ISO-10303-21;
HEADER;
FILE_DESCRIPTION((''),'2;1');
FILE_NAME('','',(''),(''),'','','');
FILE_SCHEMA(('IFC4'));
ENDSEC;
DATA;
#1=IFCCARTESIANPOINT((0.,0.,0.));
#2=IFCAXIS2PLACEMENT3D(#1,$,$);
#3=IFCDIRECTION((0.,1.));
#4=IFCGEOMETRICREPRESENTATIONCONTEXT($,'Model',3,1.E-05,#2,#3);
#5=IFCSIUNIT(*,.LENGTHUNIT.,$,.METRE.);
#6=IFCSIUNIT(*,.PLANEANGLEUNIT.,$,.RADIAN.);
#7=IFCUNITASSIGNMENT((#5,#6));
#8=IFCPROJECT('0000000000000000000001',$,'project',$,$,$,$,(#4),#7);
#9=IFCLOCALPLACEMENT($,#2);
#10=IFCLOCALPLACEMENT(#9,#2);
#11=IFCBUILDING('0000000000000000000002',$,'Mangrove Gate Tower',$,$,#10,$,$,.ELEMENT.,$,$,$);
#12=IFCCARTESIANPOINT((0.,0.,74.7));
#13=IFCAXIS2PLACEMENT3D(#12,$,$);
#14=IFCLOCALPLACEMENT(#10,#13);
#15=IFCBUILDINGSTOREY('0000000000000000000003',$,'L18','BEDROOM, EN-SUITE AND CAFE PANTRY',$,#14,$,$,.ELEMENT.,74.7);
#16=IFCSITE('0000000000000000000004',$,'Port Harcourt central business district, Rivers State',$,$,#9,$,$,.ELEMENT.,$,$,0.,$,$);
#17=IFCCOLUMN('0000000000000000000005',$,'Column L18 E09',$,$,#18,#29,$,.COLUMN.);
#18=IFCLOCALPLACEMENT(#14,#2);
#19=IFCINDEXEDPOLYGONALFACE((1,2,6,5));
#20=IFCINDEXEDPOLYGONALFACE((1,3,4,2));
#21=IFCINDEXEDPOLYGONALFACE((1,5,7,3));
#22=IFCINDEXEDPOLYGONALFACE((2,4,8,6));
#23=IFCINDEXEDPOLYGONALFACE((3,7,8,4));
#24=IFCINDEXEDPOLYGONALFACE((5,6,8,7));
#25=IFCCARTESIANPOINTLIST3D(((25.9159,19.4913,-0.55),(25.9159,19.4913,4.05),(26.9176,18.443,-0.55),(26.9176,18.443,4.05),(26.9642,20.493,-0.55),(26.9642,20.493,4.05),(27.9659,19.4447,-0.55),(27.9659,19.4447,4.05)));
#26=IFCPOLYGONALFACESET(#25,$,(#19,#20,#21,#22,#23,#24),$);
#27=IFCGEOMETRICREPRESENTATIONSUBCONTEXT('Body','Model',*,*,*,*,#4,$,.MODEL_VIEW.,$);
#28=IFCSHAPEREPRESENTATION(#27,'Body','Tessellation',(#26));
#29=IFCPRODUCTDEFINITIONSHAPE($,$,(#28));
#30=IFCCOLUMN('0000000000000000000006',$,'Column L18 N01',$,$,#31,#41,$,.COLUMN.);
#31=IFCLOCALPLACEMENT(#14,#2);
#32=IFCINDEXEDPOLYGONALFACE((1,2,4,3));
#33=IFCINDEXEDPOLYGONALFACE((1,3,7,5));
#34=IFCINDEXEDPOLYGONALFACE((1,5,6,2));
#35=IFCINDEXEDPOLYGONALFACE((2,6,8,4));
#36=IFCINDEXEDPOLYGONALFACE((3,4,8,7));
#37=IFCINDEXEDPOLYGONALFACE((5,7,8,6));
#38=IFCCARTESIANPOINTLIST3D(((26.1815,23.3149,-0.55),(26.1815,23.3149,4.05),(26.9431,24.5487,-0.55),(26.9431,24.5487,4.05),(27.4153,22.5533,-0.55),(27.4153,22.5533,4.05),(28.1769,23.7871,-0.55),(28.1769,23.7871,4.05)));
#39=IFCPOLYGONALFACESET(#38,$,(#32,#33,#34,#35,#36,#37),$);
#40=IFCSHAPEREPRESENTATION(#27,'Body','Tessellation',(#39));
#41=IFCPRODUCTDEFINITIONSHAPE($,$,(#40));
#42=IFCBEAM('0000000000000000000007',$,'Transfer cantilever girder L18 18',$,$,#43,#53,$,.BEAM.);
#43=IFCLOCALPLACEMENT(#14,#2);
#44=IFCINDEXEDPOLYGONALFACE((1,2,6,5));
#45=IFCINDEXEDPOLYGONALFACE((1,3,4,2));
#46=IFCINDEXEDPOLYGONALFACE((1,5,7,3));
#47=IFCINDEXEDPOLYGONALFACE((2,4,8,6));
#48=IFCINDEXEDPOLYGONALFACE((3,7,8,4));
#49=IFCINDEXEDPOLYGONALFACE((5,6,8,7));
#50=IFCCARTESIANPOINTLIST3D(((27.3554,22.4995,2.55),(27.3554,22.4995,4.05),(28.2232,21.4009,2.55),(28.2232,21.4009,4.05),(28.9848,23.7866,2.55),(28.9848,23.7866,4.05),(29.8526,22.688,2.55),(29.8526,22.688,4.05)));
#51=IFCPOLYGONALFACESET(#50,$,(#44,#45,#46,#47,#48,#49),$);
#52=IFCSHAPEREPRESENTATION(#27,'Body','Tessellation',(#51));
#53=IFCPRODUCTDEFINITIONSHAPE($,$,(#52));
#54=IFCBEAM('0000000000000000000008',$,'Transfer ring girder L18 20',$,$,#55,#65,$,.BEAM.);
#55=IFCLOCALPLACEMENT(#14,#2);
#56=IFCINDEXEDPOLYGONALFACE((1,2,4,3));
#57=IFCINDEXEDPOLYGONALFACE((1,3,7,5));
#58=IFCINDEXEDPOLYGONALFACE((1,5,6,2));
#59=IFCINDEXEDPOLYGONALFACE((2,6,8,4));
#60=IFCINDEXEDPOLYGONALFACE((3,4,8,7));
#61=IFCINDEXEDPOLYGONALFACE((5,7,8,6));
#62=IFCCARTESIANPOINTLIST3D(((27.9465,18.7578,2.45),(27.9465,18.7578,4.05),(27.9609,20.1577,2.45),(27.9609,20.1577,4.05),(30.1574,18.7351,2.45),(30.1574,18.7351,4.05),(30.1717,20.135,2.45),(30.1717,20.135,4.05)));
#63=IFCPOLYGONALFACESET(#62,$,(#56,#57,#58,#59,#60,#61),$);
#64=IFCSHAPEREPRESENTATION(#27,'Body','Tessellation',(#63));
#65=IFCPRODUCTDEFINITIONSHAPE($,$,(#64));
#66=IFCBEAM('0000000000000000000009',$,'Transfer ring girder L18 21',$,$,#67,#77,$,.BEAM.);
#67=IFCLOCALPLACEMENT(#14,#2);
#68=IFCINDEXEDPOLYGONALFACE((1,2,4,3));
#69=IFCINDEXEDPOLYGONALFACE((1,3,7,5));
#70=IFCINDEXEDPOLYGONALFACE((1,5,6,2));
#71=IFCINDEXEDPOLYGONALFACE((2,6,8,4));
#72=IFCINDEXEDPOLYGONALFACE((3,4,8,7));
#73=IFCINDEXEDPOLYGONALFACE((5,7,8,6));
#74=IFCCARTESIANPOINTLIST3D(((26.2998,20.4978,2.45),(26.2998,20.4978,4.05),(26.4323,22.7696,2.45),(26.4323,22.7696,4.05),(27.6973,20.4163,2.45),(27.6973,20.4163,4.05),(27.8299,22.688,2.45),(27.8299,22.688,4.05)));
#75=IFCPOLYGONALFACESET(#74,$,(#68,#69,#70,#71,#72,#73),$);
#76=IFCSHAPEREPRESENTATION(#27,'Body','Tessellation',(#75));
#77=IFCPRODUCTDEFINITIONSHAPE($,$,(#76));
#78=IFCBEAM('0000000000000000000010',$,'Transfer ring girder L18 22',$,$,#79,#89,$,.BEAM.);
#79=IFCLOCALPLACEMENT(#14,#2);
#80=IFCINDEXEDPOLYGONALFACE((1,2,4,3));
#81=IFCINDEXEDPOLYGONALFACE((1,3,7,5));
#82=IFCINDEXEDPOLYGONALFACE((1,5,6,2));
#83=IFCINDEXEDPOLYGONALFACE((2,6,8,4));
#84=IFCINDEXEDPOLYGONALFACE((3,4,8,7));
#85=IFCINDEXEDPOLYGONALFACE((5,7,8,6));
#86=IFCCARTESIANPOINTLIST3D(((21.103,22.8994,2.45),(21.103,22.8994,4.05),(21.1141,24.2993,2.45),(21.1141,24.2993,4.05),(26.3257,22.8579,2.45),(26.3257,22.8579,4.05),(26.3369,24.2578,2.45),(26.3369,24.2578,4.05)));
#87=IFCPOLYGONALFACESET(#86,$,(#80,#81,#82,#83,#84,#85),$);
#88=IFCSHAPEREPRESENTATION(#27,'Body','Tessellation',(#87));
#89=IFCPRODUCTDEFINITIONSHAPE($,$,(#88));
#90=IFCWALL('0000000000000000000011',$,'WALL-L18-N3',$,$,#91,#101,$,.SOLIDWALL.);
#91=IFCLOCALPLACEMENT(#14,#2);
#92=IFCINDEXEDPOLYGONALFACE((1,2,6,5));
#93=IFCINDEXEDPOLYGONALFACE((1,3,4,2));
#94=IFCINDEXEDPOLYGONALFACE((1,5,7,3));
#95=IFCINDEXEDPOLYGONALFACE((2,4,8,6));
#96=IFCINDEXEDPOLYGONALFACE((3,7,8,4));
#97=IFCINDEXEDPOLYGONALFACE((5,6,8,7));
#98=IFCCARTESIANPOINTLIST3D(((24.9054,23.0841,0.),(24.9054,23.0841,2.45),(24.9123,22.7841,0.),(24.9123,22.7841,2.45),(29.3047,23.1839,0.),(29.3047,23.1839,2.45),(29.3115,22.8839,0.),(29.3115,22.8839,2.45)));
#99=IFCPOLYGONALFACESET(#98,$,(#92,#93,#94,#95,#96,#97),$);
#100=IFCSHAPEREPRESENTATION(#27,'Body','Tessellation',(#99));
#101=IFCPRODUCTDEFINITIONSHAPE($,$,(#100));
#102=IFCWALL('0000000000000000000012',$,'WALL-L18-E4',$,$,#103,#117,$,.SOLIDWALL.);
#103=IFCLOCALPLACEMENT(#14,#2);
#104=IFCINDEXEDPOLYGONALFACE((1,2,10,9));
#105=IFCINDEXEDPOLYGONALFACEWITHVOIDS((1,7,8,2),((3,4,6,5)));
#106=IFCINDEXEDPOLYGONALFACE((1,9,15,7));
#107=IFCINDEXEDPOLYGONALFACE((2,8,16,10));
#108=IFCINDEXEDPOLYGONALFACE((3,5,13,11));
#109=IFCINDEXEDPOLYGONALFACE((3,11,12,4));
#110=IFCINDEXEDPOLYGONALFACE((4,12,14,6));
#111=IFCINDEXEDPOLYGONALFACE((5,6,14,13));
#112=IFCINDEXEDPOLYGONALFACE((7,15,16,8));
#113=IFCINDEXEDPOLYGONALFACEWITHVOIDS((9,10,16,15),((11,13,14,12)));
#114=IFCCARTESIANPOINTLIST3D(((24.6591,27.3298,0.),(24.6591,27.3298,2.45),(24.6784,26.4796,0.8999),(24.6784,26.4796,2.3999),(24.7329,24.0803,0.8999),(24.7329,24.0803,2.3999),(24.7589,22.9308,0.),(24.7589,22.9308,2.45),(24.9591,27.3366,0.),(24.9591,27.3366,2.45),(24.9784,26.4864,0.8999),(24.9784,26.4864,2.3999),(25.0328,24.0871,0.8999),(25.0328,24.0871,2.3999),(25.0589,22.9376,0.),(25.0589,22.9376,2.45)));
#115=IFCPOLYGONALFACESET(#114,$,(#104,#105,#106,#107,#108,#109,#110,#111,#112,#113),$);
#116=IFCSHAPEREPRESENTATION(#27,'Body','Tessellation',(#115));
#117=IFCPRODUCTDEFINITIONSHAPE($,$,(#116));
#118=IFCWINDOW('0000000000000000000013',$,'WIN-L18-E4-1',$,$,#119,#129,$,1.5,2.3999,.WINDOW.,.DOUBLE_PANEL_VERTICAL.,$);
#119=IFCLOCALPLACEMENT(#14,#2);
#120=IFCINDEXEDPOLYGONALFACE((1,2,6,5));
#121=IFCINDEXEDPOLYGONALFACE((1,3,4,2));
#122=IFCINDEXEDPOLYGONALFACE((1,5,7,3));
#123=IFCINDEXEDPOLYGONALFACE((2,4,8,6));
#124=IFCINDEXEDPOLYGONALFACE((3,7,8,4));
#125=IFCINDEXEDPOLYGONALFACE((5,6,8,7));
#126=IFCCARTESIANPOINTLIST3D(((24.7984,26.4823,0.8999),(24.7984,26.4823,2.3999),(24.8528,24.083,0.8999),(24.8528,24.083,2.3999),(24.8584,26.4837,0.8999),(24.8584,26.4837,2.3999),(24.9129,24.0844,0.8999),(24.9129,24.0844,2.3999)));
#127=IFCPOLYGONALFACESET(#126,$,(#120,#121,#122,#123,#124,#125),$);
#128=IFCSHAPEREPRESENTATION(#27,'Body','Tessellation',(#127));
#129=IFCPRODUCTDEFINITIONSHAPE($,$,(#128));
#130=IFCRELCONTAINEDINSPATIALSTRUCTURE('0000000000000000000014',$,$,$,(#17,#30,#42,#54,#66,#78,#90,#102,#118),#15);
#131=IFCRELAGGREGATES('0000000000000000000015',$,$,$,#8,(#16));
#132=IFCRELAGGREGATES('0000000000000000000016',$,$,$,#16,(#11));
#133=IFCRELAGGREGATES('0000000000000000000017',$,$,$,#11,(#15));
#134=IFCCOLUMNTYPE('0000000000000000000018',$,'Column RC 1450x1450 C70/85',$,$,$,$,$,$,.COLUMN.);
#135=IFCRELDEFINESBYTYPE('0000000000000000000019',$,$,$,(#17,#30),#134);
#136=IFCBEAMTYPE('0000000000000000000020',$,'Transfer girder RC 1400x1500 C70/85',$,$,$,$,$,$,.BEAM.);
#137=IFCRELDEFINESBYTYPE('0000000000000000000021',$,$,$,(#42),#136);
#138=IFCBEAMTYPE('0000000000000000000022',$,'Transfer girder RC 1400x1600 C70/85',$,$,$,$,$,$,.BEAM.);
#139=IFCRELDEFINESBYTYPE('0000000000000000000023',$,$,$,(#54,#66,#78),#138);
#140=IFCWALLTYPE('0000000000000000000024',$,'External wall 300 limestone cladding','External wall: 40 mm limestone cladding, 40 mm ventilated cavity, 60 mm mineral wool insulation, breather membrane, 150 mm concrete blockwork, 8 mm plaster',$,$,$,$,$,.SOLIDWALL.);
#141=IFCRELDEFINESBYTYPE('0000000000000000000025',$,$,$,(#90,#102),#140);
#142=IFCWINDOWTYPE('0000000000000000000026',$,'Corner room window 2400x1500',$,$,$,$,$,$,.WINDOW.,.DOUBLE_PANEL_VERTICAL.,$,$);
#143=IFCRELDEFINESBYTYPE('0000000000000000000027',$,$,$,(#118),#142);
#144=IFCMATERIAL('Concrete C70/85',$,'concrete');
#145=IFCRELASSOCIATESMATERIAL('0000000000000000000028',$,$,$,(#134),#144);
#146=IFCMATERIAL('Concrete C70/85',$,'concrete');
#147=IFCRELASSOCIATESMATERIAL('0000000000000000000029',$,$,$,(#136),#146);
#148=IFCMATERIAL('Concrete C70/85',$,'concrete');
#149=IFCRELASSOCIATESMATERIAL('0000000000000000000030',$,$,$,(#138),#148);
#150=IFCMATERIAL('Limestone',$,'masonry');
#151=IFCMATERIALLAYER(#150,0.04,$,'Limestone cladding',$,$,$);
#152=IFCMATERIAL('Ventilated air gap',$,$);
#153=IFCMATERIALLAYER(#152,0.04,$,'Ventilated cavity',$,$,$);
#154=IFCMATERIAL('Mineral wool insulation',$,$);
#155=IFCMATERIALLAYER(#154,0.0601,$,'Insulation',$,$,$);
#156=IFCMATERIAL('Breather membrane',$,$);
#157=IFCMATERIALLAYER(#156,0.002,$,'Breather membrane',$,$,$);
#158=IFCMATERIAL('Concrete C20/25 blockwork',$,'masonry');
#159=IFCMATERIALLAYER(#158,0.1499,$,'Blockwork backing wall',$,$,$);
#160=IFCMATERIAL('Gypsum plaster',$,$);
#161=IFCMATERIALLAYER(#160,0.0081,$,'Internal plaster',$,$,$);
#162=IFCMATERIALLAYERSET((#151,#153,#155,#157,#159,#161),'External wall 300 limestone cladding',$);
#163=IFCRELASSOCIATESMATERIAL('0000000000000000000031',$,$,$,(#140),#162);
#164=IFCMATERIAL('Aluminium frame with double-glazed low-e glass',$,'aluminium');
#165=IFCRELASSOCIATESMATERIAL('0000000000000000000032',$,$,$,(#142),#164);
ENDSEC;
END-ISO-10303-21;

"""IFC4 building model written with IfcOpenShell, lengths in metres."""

from ifc_helpers import new_model, si_unit, direction, frame, frame_2d, origin, origin_2d, place, context, subcontext, project, spatial, rectangle, extrude, material, layer, layer_set, material_profile, profile_set, type_object, element, fill, save


model = new_model("IFC4")

# Units and contexts
model_context = context("Model", 3, precision=1e-05, world=origin(), true_north=direction((0.0, 1.0)))
body_context = subcontext(model_context, "Body", "Model", "MODEL_VIEW")
ifc_project = project(units=[si_unit("LENGTHUNIT", "METRE"), si_unit("PLANEANGLEUNIT", "RADIAN")], contexts=[model_context])

# Site, building, storey
site_placement = place(None, origin())
site = spatial("IfcSite", under=ifc_project, at=site_placement, Name="Port Harcourt central business district, Rivers State", CompositionType="ELEMENT", RefElevation=0.0)
building_placement = place(site_placement, origin())
building = spatial("IfcBuilding", under=site, at=building_placement, Name="Mangrove Gate Tower", CompositionType="ELEMENT")
storey_placement = place(building_placement, frame((0.0, 0.0, 74.7)))
storey = spatial("IfcBuildingStorey", under=building, at=storey_placement, Name="L18", Description="BEDROOM, EN-SUITE AND CAFE PANTRY", CompositionType="ELEMENT", Elevation=74.7)

# Columns
ifc_material_1 = material(Name="Concrete C70/85", Category="concrete")
ifc_material_profile_1 = material_profile(ifc_material_1, rectangle(XDim=1.45, YDim=1.45, at=origin_2d()))
ifc_profile_set_1 = profile_set([ifc_material_profile_1], Name="Concrete C70/85")
column_type = type_object("IfcColumnType", Name="Column RC 1450x1450 C70/85", PredefinedType="COLUMN", material=ifc_profile_set_1)
for number, where, z_axis, x_axis, name in (
    (1, (26.9409, 19.468, -0.55), (0.0, 0.0, 1.0), (-0.690848, 0.723, 0.0), "Column L18 E09"),
    (2, (27.1792, 23.551, -0.55), (0.0, 0.0, 1.0), (-0.850942, 0.52526, 0.0), "Column L18 N01"),
):
    element("IfcColumn", number, at=place(storey_placement, frame(where, z_axis=z_axis, x_axis=x_axis)), inside=storey, type_object=column_type, Name=name, PredefinedType="COLUMN", context=body_context, shape_type="SweptSolid", body=[
        extrude(rectangle(XDim=1.45, YDim=1.45, at=origin_2d()), origin(), (0.0, 0.0, 1.0), 4.6001),
    ])

# Beams
ifc_material_2 = material(Name="Concrete C70/85", Category="concrete")
ifc_material_profile_2 = material_profile(ifc_material_2, rectangle(XDim=1.3999, YDim=1.5, at=origin_2d()))
ifc_profile_set_2 = profile_set([ifc_material_profile_2], Name="Concrete C70/85")
beam_type_1 = type_object("IfcBeamType", Name="Transfer girder RC 1400x1500 C70/85", PredefinedType="BEAM", material=ifc_profile_set_2)
beam_1_placement = place(storey_placement, frame((27.7893, 21.9502, 3.3), z_axis=(0.784708, 0.619865, 0.0), x_axis=(-0.619865, 0.784708, 0.0)))
element("IfcBeam", 3, at=beam_1_placement, inside=storey, type_object=beam_type_1, Name="Transfer cantilever girder L18 18", PredefinedType="BEAM", context=body_context, shape_type="SweptSolid", body=[
    extrude(rectangle(XDim=1.3999, YDim=1.5, at=origin_2d()), origin(), (0.0, 0.0, 1.0), 2.0764),
])
ifc_material_3 = material(Name="Concrete C70/85", Category="concrete")
ifc_material_profile_3 = material_profile(ifc_material_3, rectangle(XDim=1.3999, YDim=1.6001, at=origin_2d()))
ifc_profile_set_3 = profile_set([ifc_material_profile_3], Name="Concrete C70/85")
beam_type_2 = type_object("IfcBeamType", Name="Transfer girder RC 1400x1600 C70/85", PredefinedType="BEAM", material=ifc_profile_set_3)
beam_2_placement = place(storey_placement, frame((30.1646, 19.4351, 3.25), z_axis=(-0.999947, 0.010269, 0.0), x_axis=(-0.010269, -0.999947, 0.0)))
element("IfcBeam", 4, at=beam_2_placement, inside=storey, type_object=beam_type_2, Name="Transfer ring girder L18 20", PredefinedType="BEAM", context=body_context, shape_type="SweptSolid", body=[
    extrude(rectangle(XDim=1.3999, YDim=1.6001, at=origin_2d()), origin(), (0.0, 0.0, 1.0), 2.2109),
])
beam_3_placement = place(storey_placement, frame((26.9985, 20.457, 3.25), z_axis=(0.058257, 0.998302, 0.0), x_axis=(-0.998302, 0.058257, 0.0)))
element("IfcBeam", 5, at=beam_3_placement, inside=storey, type_object=beam_type_2, Name="Transfer ring girder L18 21", PredefinedType="BEAM", context=body_context, shape_type="SweptSolid", body=[
    extrude(rectangle(XDim=1.3999, YDim=1.6001, at=origin_2d()), origin(), (0.0, 0.0, 1.0), 2.2756),
])
beam_4_placement = place(storey_placement, frame((26.3313, 23.5579, 3.25), z_axis=(-0.999968, 0.007947, 0.0), x_axis=(-0.007947, -0.999968, 0.0)))
element("IfcBeam", 6, at=beam_4_placement, inside=storey, type_object=beam_type_2, Name="Transfer ring girder L18 22", PredefinedType="BEAM", context=body_context, shape_type="SweptSolid", body=[
    extrude(rectangle(XDim=1.3999, YDim=1.6001, at=origin_2d()), origin(), (0.0, 0.0, 1.0), 5.2229),
])

# Wall
ifc_material_4 = material(Name="Limestone", Category="masonry")
ifc_layer_1 = layer(ifc_material_4, 0.04, Name="Limestone cladding")
ifc_material_5 = material(Name="Ventilated air gap")
ifc_layer_2 = layer(ifc_material_5, 0.04, Name="Ventilated cavity")
ifc_material_6 = material(Name="Mineral wool insulation")
ifc_layer_3 = layer(ifc_material_6, 0.0601, Name="Insulation")
ifc_material_7 = material(Name="Breather membrane")
ifc_layer_4 = layer(ifc_material_7, 0.002, Name="Breather membrane")
ifc_material_8 = material(Name="Concrete C20/25 blockwork", Category="masonry")
ifc_layer_5 = layer(ifc_material_8, 0.1499, Name="Blockwork backing wall")
ifc_material_9 = material(Name="Gypsum plaster")
ifc_layer_6 = layer(ifc_material_9, 0.0081, Name="Internal plaster")
ifc_layer_set_1 = layer_set([ifc_layer_1, ifc_layer_2, ifc_layer_3, ifc_layer_4, ifc_layer_5, ifc_layer_6], Name="External wall 300 limestone cladding")
wall_type = type_object("IfcWallType", Name="External wall 300 limestone cladding", Description="External wall: 40 mm limestone cladding, 40 mm ventilated cavity, 60 mm mineral wool insulation, breather membrane, 150 mm concrete blockwork, 8 mm plaster", PredefinedType="SOLIDWALL", material=ifc_layer_set_1)
wall_1_placement = place(storey_placement, frame((29.3081, 23.0339, 0.0), z_axis=(0.0, 0.0, 1.0), x_axis=(-0.999742, -0.022692, 0.0)))
element("IfcWall", 7, at=wall_1_placement, inside=storey, type_object=wall_type, Name="WALL-L18-N3", PredefinedType="SOLIDWALL", context=body_context, shape_type="SweptSolid", body=[
    extrude(rectangle(XDim=4.4004, YDim=0.3, at=frame_2d((2.2002, 0.0))), origin(), (0.0, 0.0, 1.0), 2.45),
])

# Wall, opening, window
wall_2_placement = place(storey_placement, frame((24.9089, 22.9341, 0.0), z_axis=(0.0, 0.0, 1.0), x_axis=(-0.022694, 0.999742, 0.0)))
wall_2 = element("IfcWall", 8, at=wall_2_placement, inside=storey, type_object=wall_type, Name="WALL-L18-E4", PredefinedType="SOLIDWALL", context=body_context, shape_type="SweptSolid", body=[
    extrude(rectangle(XDim=4.4001, YDim=0.3, at=frame_2d((2.2002, 0.0))), origin(), (0.0, 0.0, 1.0), 2.45),
])
opening_1_placement = place(wall_2_placement, frame((1.1499, 0.0, 0.8999)))
opening_1 = element("IfcOpeningElement", 9, at=opening_1_placement, cuts=wall_2, PredefinedType="OPENING", context=body_context, shape_type="SweptSolid", body=[
    extrude(rectangle(XDim=2.3999, YDim=1.5, at=frame_2d((1.2, 0.75))), frame((0.0, 0.1599, 0.0), z_axis=(0.0, -1.0, 0.0), x_axis=(1.0, 0.0, 0.0)), (0.0, 0.0, 1.0), 0.3201),
])
ifc_material_10 = material(Name="Aluminium frame with double-glazed low-e glass", Category="aluminium")
window_type = type_object("IfcWindowType", Name="Corner room window 2400x1500", PartitioningType="DOUBLE_PANEL_VERTICAL", PredefinedType="WINDOW", material=ifc_material_10)
window_1_placement = place(opening_1_placement, origin())
window_1 = element("IfcWindow", 10, at=window_1_placement, inside=storey, type_object=window_type, Name="WIN-L18-E4-1", OverallHeight=1.5, OverallWidth=2.3999, PartitioningType="DOUBLE_PANEL_VERTICAL", PredefinedType="WINDOW", context=body_context, shape_type="SweptSolid", body=[
    extrude(rectangle(XDim=2.3999, YDim=1.5, at=frame_2d((1.2, 0.75))), frame((0.0, 0.03, 0.0), z_axis=(0.0, -1.0, 0.0), x_axis=(1.0, 0.0, 0.0)), (0.0, 0.0, 1.0), 0.0601),
])
fill(opening_1, window_1)

save(model, "model.ifc")
